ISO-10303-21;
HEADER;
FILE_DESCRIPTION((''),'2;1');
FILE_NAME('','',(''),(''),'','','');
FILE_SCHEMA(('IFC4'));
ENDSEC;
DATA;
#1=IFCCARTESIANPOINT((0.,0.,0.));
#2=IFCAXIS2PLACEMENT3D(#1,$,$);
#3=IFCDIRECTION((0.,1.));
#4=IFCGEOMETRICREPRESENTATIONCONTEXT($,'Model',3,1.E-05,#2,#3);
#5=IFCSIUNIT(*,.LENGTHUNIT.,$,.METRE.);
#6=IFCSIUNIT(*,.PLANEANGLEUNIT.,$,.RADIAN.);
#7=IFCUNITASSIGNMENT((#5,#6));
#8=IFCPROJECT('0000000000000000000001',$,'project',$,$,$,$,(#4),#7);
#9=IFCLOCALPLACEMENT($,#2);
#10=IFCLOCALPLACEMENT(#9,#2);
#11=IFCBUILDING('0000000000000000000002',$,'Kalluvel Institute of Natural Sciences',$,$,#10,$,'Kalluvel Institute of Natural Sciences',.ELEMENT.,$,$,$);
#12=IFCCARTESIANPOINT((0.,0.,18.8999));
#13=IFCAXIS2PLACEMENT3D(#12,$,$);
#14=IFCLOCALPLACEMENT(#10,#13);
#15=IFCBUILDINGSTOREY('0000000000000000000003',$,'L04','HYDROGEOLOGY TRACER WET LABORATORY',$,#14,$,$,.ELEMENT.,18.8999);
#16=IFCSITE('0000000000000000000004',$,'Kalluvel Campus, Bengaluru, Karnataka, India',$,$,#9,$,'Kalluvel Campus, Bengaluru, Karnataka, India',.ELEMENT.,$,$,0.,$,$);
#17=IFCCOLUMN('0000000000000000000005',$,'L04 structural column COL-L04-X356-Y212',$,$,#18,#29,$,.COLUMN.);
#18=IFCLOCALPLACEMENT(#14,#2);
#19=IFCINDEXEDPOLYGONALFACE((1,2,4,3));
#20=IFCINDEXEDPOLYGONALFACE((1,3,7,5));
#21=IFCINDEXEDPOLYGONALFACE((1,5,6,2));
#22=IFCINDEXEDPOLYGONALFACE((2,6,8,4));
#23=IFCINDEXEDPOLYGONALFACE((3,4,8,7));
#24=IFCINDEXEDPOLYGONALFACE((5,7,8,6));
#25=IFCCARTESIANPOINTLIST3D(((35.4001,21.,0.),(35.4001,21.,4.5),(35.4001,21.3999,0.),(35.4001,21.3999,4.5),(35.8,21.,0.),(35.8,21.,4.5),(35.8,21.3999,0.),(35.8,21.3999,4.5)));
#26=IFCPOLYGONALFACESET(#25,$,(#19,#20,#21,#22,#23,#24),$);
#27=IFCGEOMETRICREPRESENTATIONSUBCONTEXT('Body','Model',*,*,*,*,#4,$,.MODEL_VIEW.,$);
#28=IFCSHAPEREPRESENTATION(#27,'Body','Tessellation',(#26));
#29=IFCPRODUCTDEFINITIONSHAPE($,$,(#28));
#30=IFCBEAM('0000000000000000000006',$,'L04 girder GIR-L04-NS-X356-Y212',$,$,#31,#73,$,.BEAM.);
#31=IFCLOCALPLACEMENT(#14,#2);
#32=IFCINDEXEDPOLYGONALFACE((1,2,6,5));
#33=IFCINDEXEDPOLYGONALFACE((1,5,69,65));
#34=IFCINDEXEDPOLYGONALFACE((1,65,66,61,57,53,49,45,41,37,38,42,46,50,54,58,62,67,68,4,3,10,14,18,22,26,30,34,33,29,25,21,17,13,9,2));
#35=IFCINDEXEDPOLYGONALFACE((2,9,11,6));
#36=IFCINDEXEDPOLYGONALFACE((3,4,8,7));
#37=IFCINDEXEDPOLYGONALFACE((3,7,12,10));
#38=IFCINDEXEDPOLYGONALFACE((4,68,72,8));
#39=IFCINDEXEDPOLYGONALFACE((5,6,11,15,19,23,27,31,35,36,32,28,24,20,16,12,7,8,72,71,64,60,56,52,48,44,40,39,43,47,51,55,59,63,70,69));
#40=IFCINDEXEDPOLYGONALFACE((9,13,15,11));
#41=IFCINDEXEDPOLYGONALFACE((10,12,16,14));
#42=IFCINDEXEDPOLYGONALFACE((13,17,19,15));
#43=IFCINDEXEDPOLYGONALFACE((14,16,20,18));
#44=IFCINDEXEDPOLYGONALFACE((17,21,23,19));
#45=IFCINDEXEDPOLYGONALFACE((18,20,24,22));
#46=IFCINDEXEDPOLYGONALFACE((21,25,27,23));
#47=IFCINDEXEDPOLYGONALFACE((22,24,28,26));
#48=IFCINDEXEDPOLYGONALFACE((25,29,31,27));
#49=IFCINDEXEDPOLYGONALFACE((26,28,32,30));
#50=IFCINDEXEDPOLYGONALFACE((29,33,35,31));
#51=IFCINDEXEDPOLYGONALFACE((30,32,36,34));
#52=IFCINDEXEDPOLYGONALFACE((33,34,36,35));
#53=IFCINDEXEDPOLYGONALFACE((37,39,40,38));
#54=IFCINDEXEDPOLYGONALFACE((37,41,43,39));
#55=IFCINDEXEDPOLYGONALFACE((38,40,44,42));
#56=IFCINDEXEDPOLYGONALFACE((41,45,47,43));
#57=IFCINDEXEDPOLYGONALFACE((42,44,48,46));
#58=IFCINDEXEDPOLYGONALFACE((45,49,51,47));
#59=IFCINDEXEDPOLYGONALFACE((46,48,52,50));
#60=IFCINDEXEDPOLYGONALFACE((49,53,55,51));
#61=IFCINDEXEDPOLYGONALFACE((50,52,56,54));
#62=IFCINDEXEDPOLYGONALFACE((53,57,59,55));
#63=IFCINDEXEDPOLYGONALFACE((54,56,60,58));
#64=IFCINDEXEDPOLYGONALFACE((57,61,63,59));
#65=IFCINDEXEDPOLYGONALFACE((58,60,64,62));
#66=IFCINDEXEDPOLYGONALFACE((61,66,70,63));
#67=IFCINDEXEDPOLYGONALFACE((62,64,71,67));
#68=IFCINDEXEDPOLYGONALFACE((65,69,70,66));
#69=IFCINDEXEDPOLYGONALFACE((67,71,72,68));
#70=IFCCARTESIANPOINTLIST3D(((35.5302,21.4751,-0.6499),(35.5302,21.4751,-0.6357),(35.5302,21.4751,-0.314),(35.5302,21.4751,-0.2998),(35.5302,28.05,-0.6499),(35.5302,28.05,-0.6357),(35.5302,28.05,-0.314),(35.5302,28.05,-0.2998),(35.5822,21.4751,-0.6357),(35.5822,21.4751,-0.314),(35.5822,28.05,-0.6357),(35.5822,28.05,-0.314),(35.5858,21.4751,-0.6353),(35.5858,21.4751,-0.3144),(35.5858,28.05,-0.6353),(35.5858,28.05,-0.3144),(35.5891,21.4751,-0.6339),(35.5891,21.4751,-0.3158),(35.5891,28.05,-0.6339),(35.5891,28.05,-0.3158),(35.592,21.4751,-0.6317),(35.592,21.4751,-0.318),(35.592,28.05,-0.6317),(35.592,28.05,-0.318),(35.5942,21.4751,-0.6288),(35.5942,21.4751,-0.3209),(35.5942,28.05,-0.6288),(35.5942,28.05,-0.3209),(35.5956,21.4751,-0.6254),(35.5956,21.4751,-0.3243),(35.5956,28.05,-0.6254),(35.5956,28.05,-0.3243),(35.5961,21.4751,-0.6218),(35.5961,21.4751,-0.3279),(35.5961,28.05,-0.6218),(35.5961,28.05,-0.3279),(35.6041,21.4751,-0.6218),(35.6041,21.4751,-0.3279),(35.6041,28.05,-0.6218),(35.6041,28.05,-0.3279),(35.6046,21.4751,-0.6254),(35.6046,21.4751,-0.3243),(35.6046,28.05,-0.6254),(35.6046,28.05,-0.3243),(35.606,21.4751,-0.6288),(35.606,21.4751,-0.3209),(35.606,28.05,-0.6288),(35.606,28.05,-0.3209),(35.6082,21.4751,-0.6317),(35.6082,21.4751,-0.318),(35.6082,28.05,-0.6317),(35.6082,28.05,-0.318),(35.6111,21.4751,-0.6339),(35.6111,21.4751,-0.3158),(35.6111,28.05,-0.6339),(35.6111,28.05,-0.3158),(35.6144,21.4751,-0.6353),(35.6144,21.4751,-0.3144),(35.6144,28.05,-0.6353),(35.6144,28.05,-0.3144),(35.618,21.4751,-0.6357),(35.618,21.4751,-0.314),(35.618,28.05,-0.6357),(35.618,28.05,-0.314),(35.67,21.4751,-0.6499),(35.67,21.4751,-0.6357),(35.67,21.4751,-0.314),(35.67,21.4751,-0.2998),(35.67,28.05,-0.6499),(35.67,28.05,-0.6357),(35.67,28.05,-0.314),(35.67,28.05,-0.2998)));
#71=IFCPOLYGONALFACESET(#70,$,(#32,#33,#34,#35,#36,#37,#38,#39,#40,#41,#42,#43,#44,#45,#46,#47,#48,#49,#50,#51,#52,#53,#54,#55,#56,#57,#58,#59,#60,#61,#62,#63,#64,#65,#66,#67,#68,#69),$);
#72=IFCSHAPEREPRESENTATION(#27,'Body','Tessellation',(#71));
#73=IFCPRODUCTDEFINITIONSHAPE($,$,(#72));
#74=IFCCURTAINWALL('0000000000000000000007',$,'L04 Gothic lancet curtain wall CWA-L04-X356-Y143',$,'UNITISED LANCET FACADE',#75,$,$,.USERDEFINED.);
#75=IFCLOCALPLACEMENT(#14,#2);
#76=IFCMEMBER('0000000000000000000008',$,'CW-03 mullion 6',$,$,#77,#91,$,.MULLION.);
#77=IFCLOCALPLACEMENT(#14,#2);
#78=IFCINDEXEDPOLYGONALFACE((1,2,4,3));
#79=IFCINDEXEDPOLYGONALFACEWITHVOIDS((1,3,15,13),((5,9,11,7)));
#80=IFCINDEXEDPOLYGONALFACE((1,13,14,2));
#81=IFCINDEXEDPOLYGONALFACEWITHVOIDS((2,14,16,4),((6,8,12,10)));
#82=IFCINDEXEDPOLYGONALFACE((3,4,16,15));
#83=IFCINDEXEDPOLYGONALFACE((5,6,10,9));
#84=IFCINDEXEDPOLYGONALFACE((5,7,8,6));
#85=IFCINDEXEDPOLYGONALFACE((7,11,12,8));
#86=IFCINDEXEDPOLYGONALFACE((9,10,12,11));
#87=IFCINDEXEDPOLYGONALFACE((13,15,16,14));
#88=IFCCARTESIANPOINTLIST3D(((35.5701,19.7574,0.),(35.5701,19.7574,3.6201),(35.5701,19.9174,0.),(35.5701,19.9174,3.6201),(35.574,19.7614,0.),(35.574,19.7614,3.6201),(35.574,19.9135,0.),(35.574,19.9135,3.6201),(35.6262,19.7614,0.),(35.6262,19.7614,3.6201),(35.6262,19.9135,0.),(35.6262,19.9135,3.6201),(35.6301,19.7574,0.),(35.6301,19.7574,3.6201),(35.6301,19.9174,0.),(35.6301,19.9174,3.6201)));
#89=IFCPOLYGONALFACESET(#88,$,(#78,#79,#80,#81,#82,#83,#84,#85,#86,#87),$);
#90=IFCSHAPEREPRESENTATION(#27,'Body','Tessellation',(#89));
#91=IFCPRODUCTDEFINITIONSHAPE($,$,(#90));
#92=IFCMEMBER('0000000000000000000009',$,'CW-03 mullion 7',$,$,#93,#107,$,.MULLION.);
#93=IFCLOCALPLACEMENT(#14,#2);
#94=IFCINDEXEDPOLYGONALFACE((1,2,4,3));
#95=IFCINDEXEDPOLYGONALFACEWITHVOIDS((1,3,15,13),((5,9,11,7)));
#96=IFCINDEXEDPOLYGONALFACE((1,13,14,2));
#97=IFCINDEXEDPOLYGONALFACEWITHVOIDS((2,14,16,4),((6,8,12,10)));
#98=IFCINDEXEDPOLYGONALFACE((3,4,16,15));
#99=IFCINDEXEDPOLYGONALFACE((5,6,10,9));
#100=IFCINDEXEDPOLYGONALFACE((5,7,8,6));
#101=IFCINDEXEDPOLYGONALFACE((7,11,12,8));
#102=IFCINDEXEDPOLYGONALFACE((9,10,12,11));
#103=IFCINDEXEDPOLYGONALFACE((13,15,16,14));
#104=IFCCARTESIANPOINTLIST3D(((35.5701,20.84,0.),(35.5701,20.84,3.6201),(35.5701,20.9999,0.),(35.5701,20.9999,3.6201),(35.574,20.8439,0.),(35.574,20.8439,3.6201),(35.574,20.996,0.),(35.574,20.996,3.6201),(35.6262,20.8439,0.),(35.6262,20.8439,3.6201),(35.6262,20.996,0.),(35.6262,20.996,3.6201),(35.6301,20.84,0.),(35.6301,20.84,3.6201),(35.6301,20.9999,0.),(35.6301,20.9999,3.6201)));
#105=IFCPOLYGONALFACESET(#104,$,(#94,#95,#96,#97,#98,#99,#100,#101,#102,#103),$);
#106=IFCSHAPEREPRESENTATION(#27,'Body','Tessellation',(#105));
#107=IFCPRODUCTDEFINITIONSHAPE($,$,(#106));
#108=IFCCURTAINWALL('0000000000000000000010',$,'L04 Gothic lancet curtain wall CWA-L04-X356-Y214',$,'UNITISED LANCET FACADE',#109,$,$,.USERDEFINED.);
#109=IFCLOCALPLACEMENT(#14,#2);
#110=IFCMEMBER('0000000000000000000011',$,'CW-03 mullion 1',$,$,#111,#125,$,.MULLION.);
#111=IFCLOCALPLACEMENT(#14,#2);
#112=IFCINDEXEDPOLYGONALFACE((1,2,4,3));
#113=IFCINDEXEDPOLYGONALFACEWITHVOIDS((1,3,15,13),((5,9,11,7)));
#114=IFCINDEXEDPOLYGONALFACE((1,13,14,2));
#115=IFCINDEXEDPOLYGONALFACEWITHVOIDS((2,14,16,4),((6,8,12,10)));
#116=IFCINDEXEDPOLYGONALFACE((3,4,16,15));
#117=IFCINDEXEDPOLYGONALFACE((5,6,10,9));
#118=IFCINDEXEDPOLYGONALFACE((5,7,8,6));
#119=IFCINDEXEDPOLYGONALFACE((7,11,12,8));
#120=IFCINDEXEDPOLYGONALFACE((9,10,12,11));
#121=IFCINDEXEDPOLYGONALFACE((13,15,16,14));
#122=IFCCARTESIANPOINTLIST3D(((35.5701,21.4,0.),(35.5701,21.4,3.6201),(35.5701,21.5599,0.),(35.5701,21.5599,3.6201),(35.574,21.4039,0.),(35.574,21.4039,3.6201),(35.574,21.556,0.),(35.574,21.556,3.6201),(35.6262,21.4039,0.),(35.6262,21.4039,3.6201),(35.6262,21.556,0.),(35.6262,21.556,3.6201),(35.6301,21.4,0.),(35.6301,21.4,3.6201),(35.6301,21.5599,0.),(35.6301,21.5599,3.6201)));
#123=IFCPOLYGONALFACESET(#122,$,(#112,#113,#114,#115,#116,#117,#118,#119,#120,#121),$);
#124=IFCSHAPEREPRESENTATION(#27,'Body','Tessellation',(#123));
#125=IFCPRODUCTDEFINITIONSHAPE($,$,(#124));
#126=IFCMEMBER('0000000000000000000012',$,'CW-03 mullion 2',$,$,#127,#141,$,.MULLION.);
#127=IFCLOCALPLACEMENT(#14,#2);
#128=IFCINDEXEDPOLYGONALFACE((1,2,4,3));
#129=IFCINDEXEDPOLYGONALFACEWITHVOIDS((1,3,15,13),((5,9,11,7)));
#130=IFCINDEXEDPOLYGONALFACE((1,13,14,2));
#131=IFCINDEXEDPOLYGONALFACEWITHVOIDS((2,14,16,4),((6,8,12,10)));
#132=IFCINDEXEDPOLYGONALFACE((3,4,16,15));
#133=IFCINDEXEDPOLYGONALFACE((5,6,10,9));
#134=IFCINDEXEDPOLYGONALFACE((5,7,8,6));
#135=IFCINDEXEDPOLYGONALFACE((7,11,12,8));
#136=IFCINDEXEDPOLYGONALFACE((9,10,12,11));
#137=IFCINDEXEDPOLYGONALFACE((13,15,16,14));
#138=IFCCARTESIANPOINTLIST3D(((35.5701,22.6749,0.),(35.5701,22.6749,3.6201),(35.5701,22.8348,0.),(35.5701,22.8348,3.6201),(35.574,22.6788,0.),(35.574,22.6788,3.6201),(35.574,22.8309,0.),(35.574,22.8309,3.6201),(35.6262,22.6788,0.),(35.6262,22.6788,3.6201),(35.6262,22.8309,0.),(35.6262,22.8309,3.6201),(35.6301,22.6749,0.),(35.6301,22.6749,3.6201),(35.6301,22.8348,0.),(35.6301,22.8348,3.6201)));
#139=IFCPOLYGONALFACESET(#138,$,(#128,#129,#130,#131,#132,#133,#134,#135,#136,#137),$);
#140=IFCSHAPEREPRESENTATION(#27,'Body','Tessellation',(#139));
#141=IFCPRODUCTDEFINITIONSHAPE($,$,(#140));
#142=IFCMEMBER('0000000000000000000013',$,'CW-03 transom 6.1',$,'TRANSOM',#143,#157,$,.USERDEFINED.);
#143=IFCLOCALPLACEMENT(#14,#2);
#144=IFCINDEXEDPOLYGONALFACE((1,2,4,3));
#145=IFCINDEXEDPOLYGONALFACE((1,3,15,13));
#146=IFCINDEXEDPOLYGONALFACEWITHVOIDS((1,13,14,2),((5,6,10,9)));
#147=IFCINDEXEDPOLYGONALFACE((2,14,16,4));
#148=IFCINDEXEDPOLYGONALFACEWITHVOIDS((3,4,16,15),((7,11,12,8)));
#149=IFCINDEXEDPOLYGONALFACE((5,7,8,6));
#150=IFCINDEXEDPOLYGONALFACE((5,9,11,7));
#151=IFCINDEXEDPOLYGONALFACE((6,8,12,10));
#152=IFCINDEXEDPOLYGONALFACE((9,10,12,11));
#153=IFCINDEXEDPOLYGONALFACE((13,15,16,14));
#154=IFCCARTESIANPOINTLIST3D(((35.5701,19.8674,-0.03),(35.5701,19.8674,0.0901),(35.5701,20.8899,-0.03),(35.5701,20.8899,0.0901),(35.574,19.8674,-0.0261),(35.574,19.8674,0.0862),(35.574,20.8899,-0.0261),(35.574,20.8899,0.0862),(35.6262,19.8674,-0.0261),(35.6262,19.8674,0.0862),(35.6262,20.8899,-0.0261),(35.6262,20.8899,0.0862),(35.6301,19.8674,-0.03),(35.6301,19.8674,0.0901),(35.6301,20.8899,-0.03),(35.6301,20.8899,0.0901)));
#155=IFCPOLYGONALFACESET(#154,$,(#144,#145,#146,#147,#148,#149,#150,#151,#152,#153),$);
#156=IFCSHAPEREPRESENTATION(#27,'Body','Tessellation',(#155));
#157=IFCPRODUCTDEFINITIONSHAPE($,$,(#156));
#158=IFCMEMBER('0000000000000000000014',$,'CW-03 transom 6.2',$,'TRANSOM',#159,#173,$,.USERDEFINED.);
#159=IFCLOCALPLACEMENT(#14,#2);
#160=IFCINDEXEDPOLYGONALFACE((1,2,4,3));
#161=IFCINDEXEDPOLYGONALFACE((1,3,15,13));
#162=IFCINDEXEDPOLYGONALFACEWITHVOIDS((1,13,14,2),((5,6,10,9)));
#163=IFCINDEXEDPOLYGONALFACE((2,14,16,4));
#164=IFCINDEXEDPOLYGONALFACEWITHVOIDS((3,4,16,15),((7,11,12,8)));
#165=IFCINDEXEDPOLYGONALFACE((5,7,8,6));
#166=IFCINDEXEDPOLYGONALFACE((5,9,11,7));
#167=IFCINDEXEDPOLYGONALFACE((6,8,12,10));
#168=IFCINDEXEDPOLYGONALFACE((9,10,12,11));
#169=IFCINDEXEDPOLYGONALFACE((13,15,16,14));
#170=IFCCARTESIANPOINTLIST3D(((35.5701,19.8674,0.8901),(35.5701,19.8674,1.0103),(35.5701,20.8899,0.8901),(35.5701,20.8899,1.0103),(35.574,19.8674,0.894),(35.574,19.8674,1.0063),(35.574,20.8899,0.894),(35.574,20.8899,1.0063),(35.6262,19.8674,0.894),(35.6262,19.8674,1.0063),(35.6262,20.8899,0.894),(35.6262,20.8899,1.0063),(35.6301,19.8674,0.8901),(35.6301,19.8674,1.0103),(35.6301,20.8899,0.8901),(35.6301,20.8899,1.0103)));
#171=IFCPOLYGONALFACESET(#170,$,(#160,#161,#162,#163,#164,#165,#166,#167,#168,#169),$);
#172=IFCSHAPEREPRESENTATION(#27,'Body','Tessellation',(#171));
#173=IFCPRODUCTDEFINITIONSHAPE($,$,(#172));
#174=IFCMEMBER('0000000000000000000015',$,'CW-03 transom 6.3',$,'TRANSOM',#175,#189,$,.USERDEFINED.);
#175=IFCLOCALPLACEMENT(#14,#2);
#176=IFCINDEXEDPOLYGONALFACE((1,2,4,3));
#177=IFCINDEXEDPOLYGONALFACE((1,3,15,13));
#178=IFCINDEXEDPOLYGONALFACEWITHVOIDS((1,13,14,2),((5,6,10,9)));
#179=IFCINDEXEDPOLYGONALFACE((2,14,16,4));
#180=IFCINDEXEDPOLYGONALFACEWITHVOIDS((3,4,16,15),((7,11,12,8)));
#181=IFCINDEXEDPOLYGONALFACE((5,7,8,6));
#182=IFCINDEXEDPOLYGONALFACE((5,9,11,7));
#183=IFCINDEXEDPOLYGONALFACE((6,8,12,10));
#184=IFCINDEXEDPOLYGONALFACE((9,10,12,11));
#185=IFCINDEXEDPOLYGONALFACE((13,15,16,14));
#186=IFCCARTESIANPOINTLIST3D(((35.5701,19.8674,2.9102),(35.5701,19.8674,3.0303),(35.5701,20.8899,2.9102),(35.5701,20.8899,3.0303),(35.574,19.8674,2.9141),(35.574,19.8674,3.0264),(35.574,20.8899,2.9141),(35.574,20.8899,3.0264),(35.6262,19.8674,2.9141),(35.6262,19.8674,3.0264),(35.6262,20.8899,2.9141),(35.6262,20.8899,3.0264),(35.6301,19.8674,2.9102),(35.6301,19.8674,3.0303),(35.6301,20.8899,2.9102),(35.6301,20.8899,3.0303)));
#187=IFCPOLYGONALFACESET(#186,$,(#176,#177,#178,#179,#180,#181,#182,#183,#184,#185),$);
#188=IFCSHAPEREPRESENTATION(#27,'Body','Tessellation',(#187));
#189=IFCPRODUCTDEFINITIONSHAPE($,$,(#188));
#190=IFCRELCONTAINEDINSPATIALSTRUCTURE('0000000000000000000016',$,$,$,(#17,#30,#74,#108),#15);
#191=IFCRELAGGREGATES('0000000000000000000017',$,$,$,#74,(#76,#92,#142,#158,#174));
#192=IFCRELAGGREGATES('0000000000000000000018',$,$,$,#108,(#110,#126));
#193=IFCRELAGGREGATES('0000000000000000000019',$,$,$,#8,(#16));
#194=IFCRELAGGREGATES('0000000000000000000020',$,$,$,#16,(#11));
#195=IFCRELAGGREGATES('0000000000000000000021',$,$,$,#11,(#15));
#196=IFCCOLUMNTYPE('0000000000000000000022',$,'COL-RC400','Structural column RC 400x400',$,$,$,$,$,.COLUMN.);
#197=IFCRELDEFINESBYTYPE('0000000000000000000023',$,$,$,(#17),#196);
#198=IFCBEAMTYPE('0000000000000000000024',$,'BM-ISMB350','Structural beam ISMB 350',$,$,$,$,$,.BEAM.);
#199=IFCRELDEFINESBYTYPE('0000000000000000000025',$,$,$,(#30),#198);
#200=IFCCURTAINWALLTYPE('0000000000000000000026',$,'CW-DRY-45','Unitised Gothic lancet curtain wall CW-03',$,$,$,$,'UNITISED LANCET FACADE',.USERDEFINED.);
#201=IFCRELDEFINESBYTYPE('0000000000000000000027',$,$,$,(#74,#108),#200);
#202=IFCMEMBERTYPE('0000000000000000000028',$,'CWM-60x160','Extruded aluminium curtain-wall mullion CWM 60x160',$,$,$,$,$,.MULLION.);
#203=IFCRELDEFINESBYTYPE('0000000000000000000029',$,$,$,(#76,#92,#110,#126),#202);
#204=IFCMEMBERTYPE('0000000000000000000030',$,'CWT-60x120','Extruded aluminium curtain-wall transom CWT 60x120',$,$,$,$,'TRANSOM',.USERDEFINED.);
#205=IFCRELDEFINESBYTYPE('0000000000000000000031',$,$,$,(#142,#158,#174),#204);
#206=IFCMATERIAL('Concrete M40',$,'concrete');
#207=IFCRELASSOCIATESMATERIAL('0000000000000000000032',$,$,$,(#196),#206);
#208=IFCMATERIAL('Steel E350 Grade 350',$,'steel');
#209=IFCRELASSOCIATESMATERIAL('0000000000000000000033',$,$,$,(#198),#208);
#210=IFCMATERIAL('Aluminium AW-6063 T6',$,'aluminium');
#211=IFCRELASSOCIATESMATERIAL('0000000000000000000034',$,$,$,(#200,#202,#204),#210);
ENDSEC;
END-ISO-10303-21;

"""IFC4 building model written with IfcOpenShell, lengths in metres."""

from ifc_helpers import new_model, si_unit, direction, frame, origin, origin_2d, place, context, subcontext, project, spatial, rectangle, hollow_rectangle, i_section, extrude, material, material_profile, profile_set, type_object, element, aggregate, save


model = new_model("IFC4")

# Units and contexts
model_context = context("Model", 3, precision=1e-05, world=origin(), true_north=direction((0.0, 1.0)))
body_context = subcontext(model_context, "Body", "Model", "MODEL_VIEW")
ifc_project = project(units=[si_unit("LENGTHUNIT", "METRE"), si_unit("PLANEANGLEUNIT", "RADIAN")], contexts=[model_context])

# Site, building, storey
site_placement = place(None, origin())
site = spatial("IfcSite", under=ifc_project, at=site_placement, Name="Kalluvel Campus, Bengaluru, Karnataka, India", LongName="Kalluvel Campus, Bengaluru, Karnataka, India", CompositionType="ELEMENT", RefElevation=0.0)
building_placement = place(site_placement, origin())
building = spatial("IfcBuilding", under=site, at=building_placement, Name="Kalluvel Institute of Natural Sciences", LongName="Kalluvel Institute of Natural Sciences", CompositionType="ELEMENT")
storey_placement = place(building_placement, frame((0.0, 0.0, 18.8999)))
storey = spatial("IfcBuildingStorey", under=building, at=storey_placement, Name="L04", Description="HYDROGEOLOGY TRACER WET LABORATORY", CompositionType="ELEMENT", Elevation=18.8999)

# Column
ifc_material_1 = material(Name="Concrete M40", Category="concrete")
ifc_material_profile_1 = material_profile(ifc_material_1, rectangle(XDim=0.3999, YDim=0.3999, at=origin_2d()), Name="RC 400x400")
ifc_profile_set_1 = profile_set([ifc_material_profile_1], Name="Concrete M40")
column_type = type_object("IfcColumnType", Name="COL-RC400", Description="Structural column RC 400x400", PredefinedType="COLUMN", material=ifc_profile_set_1)
column_placement = place(storey_placement, frame((35.6001, 21.2, 0.0), z_axis=(0.0, 0.0, 1.0), x_axis=(1.0, 0.0, 0.0)))
element("IfcColumn", 1, at=column_placement, inside=storey, type_object=column_type, Name="L04 structural column COL-L04-X356-Y212", PredefinedType="COLUMN", context=body_context, shape_type="SweptSolid", body=[
    extrude(rectangle(XDim=0.3999, YDim=0.3999, at=origin_2d()), origin(), (0.0, 0.0, 1.0), 4.5),
])

# Beam
ifc_material_2 = material(Name="Steel E350 Grade 350", Category="steel")
ifc_material_profile_2 = material_profile(ifc_material_2, i_section(OverallWidth=0.1399, OverallDepth=0.3501, WebThickness=0.0081, FlangeThickness=0.0142, FilletRadius=0.0139, at=origin_2d()), Name="ISMB 350")
ifc_profile_set_2 = profile_set([ifc_material_profile_2], Name="Steel E350 Grade 350")
beam_type = type_object("IfcBeamType", Name="BM-ISMB350", Description="Structural beam ISMB 350", PredefinedType="BEAM", material=ifc_profile_set_2)
beam_placement = place(storey_placement, frame((35.6001, 21.4751, -0.4749), z_axis=(0.0, 1.0, 0.0), x_axis=(-1.0, 0.0, 0.0)))
element("IfcBeam", 2, at=beam_placement, inside=storey, type_object=beam_type, Name="L04 girder GIR-L04-NS-X356-Y212", PredefinedType="BEAM", context=body_context, shape_type="SweptSolid", body=[
    extrude(i_section(OverallWidth=0.1399, OverallDepth=0.3501, WebThickness=0.0081, FlangeThickness=0.0142, FilletRadius=0.0139, at=origin_2d()), origin(), (0.0, 0.0, 1.0), 6.575),
])

# Curtain walls, members
ifc_material_3 = material(Name="Aluminium AW-6063 T6", Category="aluminium")
curtain_wall_type = type_object("IfcCurtainWallType", Name="CW-DRY-45", Description="Unitised Gothic lancet curtain wall CW-03", ElementType="UNITISED LANCET FACADE", PredefinedType="USERDEFINED", material=ifc_material_3)
curtain_wall_1_placement = place(storey_placement, origin())
curtain_wall_1 = element("IfcCurtainWall", 3, at=curtain_wall_1_placement, inside=storey, type_object=curtain_wall_type, Name="L04 Gothic lancet curtain wall CWA-L04-X356-Y143", ObjectType="UNITISED LANCET FACADE", PredefinedType="USERDEFINED")
ifc_material_profile_3 = material_profile(ifc_material_3, hollow_rectangle(XDim=0.0601, YDim=0.1599, WallThickness=0.0039, at=origin_2d()), Name="CWM 60x160")
ifc_profile_set_3 = profile_set([ifc_material_profile_3], Name="Aluminium AW-6063 T6")
member_type_1 = type_object("IfcMemberType", Name="CWM-60x160", Description="Extruded aluminium curtain-wall mullion CWM 60x160", PredefinedType="MULLION", material=ifc_profile_set_3)
member_1_placement = place(storey_placement, frame((35.6001, 19.8374, 0.0), z_axis=(0.0, 0.0, 1.0), x_axis=(-1.0, 0.0, 0.0)))
member_1 = element("IfcMember", 4, at=member_1_placement, type_object=member_type_1, Name="CW-03 mullion 6", PredefinedType="MULLION", context=body_context, shape_type="SweptSolid", body=[
    extrude(hollow_rectangle(XDim=0.0601, YDim=0.1599, WallThickness=0.0039, at=origin_2d()), origin(), (0.0, 0.0, 1.0), 3.6201),
])
member_2_placement = place(storey_placement, frame((35.6001, 20.9199, 0.0), z_axis=(0.0, 0.0, 1.0), x_axis=(-1.0, 0.0, 0.0)))
member_2 = element("IfcMember", 5, at=member_2_placement, type_object=member_type_1, Name="CW-03 mullion 7", PredefinedType="MULLION", context=body_context, shape_type="SweptSolid", body=[
    extrude(hollow_rectangle(XDim=0.0601, YDim=0.1599, WallThickness=0.0039, at=origin_2d()), origin(), (0.0, 0.0, 1.0), 3.6201),
])
curtain_wall_2_placement = place(storey_placement, origin())
curtain_wall_2 = element("IfcCurtainWall", 6, at=curtain_wall_2_placement, inside=storey, type_object=curtain_wall_type, Name="L04 Gothic lancet curtain wall CWA-L04-X356-Y214", ObjectType="UNITISED LANCET FACADE", PredefinedType="USERDEFINED")
member_3_placement = place(storey_placement, frame((35.6001, 21.48, 0.0), z_axis=(0.0, 0.0, 1.0), x_axis=(-1.0, 0.0, 0.0)))
member_3 = element("IfcMember", 7, at=member_3_placement, type_object=member_type_1, Name="CW-03 mullion 1", PredefinedType="MULLION", context=body_context, shape_type="SweptSolid", body=[
    extrude(hollow_rectangle(XDim=0.0601, YDim=0.1599, WallThickness=0.0039, at=origin_2d()), origin(), (0.0, 0.0, 1.0), 3.6201),
])
member_4_placement = place(storey_placement, frame((35.6001, 22.7549, 0.0), z_axis=(0.0, 0.0, 1.0), x_axis=(-1.0, 0.0, 0.0)))
member_4 = element("IfcMember", 8, at=member_4_placement, type_object=member_type_1, Name="CW-03 mullion 2", PredefinedType="MULLION", context=body_context, shape_type="SweptSolid", body=[
    extrude(hollow_rectangle(XDim=0.0601, YDim=0.1599, WallThickness=0.0039, at=origin_2d()), origin(), (0.0, 0.0, 1.0), 3.6201),
])

# Members
ifc_material_profile_4 = material_profile(ifc_material_3, hollow_rectangle(XDim=0.0601, YDim=0.1201, WallThickness=0.0039, at=origin_2d()), Name="CWT 60x120")
ifc_profile_set_4 = profile_set([ifc_material_profile_4], Name="Aluminium AW-6063 T6")
member_type_2 = type_object("IfcMemberType", Name="CWT-60x120", Description="Extruded aluminium curtain-wall transom CWT 60x120", ElementType="TRANSOM", PredefinedType="USERDEFINED", material=ifc_profile_set_4)
member_5_placement = place(storey_placement, frame((35.6001, 19.8674, 0.03), z_axis=(0.0, 1.0, 0.0), x_axis=(-1.0, 0.0, 0.0)))
member_5 = element("IfcMember", 9, at=member_5_placement, type_object=member_type_2, Name="CW-03 transom 6.1", ObjectType="TRANSOM", PredefinedType="USERDEFINED", context=body_context, shape_type="SweptSolid", body=[
    extrude(hollow_rectangle(XDim=0.0601, YDim=0.1201, WallThickness=0.0039, at=origin_2d()), origin(), (0.0, 0.0, 1.0), 1.0225),
])
member_6_placement = place(storey_placement, frame((35.6001, 19.8674, 0.9502), z_axis=(0.0, 1.0, 0.0), x_axis=(-1.0, 0.0, 0.0)))
member_6 = element("IfcMember", 10, at=member_6_placement, type_object=member_type_2, Name="CW-03 transom 6.2", ObjectType="TRANSOM", PredefinedType="USERDEFINED", context=body_context, shape_type="SweptSolid", body=[
    extrude(hollow_rectangle(XDim=0.0601, YDim=0.1201, WallThickness=0.0039, at=origin_2d()), origin(), (0.0, 0.0, 1.0), 1.0225),
])
member_7_placement = place(storey_placement, frame((35.6001, 19.8674, 2.9702), z_axis=(0.0, 1.0, 0.0), x_axis=(-1.0, 0.0, 0.0)))
member_7 = element("IfcMember", 11, at=member_7_placement, type_object=member_type_2, Name="CW-03 transom 6.3", ObjectType="TRANSOM", PredefinedType="USERDEFINED", context=body_context, shape_type="SweptSolid", body=[
    extrude(hollow_rectangle(XDim=0.0601, YDim=0.1201, WallThickness=0.0039, at=origin_2d()), origin(), (0.0, 0.0, 1.0), 1.0225),
])

aggregate(curtain_wall_1, [member_1, member_2, member_5, member_6, member_7])
aggregate(curtain_wall_2, [member_3, member_4])

save(model, "model.ifc")
